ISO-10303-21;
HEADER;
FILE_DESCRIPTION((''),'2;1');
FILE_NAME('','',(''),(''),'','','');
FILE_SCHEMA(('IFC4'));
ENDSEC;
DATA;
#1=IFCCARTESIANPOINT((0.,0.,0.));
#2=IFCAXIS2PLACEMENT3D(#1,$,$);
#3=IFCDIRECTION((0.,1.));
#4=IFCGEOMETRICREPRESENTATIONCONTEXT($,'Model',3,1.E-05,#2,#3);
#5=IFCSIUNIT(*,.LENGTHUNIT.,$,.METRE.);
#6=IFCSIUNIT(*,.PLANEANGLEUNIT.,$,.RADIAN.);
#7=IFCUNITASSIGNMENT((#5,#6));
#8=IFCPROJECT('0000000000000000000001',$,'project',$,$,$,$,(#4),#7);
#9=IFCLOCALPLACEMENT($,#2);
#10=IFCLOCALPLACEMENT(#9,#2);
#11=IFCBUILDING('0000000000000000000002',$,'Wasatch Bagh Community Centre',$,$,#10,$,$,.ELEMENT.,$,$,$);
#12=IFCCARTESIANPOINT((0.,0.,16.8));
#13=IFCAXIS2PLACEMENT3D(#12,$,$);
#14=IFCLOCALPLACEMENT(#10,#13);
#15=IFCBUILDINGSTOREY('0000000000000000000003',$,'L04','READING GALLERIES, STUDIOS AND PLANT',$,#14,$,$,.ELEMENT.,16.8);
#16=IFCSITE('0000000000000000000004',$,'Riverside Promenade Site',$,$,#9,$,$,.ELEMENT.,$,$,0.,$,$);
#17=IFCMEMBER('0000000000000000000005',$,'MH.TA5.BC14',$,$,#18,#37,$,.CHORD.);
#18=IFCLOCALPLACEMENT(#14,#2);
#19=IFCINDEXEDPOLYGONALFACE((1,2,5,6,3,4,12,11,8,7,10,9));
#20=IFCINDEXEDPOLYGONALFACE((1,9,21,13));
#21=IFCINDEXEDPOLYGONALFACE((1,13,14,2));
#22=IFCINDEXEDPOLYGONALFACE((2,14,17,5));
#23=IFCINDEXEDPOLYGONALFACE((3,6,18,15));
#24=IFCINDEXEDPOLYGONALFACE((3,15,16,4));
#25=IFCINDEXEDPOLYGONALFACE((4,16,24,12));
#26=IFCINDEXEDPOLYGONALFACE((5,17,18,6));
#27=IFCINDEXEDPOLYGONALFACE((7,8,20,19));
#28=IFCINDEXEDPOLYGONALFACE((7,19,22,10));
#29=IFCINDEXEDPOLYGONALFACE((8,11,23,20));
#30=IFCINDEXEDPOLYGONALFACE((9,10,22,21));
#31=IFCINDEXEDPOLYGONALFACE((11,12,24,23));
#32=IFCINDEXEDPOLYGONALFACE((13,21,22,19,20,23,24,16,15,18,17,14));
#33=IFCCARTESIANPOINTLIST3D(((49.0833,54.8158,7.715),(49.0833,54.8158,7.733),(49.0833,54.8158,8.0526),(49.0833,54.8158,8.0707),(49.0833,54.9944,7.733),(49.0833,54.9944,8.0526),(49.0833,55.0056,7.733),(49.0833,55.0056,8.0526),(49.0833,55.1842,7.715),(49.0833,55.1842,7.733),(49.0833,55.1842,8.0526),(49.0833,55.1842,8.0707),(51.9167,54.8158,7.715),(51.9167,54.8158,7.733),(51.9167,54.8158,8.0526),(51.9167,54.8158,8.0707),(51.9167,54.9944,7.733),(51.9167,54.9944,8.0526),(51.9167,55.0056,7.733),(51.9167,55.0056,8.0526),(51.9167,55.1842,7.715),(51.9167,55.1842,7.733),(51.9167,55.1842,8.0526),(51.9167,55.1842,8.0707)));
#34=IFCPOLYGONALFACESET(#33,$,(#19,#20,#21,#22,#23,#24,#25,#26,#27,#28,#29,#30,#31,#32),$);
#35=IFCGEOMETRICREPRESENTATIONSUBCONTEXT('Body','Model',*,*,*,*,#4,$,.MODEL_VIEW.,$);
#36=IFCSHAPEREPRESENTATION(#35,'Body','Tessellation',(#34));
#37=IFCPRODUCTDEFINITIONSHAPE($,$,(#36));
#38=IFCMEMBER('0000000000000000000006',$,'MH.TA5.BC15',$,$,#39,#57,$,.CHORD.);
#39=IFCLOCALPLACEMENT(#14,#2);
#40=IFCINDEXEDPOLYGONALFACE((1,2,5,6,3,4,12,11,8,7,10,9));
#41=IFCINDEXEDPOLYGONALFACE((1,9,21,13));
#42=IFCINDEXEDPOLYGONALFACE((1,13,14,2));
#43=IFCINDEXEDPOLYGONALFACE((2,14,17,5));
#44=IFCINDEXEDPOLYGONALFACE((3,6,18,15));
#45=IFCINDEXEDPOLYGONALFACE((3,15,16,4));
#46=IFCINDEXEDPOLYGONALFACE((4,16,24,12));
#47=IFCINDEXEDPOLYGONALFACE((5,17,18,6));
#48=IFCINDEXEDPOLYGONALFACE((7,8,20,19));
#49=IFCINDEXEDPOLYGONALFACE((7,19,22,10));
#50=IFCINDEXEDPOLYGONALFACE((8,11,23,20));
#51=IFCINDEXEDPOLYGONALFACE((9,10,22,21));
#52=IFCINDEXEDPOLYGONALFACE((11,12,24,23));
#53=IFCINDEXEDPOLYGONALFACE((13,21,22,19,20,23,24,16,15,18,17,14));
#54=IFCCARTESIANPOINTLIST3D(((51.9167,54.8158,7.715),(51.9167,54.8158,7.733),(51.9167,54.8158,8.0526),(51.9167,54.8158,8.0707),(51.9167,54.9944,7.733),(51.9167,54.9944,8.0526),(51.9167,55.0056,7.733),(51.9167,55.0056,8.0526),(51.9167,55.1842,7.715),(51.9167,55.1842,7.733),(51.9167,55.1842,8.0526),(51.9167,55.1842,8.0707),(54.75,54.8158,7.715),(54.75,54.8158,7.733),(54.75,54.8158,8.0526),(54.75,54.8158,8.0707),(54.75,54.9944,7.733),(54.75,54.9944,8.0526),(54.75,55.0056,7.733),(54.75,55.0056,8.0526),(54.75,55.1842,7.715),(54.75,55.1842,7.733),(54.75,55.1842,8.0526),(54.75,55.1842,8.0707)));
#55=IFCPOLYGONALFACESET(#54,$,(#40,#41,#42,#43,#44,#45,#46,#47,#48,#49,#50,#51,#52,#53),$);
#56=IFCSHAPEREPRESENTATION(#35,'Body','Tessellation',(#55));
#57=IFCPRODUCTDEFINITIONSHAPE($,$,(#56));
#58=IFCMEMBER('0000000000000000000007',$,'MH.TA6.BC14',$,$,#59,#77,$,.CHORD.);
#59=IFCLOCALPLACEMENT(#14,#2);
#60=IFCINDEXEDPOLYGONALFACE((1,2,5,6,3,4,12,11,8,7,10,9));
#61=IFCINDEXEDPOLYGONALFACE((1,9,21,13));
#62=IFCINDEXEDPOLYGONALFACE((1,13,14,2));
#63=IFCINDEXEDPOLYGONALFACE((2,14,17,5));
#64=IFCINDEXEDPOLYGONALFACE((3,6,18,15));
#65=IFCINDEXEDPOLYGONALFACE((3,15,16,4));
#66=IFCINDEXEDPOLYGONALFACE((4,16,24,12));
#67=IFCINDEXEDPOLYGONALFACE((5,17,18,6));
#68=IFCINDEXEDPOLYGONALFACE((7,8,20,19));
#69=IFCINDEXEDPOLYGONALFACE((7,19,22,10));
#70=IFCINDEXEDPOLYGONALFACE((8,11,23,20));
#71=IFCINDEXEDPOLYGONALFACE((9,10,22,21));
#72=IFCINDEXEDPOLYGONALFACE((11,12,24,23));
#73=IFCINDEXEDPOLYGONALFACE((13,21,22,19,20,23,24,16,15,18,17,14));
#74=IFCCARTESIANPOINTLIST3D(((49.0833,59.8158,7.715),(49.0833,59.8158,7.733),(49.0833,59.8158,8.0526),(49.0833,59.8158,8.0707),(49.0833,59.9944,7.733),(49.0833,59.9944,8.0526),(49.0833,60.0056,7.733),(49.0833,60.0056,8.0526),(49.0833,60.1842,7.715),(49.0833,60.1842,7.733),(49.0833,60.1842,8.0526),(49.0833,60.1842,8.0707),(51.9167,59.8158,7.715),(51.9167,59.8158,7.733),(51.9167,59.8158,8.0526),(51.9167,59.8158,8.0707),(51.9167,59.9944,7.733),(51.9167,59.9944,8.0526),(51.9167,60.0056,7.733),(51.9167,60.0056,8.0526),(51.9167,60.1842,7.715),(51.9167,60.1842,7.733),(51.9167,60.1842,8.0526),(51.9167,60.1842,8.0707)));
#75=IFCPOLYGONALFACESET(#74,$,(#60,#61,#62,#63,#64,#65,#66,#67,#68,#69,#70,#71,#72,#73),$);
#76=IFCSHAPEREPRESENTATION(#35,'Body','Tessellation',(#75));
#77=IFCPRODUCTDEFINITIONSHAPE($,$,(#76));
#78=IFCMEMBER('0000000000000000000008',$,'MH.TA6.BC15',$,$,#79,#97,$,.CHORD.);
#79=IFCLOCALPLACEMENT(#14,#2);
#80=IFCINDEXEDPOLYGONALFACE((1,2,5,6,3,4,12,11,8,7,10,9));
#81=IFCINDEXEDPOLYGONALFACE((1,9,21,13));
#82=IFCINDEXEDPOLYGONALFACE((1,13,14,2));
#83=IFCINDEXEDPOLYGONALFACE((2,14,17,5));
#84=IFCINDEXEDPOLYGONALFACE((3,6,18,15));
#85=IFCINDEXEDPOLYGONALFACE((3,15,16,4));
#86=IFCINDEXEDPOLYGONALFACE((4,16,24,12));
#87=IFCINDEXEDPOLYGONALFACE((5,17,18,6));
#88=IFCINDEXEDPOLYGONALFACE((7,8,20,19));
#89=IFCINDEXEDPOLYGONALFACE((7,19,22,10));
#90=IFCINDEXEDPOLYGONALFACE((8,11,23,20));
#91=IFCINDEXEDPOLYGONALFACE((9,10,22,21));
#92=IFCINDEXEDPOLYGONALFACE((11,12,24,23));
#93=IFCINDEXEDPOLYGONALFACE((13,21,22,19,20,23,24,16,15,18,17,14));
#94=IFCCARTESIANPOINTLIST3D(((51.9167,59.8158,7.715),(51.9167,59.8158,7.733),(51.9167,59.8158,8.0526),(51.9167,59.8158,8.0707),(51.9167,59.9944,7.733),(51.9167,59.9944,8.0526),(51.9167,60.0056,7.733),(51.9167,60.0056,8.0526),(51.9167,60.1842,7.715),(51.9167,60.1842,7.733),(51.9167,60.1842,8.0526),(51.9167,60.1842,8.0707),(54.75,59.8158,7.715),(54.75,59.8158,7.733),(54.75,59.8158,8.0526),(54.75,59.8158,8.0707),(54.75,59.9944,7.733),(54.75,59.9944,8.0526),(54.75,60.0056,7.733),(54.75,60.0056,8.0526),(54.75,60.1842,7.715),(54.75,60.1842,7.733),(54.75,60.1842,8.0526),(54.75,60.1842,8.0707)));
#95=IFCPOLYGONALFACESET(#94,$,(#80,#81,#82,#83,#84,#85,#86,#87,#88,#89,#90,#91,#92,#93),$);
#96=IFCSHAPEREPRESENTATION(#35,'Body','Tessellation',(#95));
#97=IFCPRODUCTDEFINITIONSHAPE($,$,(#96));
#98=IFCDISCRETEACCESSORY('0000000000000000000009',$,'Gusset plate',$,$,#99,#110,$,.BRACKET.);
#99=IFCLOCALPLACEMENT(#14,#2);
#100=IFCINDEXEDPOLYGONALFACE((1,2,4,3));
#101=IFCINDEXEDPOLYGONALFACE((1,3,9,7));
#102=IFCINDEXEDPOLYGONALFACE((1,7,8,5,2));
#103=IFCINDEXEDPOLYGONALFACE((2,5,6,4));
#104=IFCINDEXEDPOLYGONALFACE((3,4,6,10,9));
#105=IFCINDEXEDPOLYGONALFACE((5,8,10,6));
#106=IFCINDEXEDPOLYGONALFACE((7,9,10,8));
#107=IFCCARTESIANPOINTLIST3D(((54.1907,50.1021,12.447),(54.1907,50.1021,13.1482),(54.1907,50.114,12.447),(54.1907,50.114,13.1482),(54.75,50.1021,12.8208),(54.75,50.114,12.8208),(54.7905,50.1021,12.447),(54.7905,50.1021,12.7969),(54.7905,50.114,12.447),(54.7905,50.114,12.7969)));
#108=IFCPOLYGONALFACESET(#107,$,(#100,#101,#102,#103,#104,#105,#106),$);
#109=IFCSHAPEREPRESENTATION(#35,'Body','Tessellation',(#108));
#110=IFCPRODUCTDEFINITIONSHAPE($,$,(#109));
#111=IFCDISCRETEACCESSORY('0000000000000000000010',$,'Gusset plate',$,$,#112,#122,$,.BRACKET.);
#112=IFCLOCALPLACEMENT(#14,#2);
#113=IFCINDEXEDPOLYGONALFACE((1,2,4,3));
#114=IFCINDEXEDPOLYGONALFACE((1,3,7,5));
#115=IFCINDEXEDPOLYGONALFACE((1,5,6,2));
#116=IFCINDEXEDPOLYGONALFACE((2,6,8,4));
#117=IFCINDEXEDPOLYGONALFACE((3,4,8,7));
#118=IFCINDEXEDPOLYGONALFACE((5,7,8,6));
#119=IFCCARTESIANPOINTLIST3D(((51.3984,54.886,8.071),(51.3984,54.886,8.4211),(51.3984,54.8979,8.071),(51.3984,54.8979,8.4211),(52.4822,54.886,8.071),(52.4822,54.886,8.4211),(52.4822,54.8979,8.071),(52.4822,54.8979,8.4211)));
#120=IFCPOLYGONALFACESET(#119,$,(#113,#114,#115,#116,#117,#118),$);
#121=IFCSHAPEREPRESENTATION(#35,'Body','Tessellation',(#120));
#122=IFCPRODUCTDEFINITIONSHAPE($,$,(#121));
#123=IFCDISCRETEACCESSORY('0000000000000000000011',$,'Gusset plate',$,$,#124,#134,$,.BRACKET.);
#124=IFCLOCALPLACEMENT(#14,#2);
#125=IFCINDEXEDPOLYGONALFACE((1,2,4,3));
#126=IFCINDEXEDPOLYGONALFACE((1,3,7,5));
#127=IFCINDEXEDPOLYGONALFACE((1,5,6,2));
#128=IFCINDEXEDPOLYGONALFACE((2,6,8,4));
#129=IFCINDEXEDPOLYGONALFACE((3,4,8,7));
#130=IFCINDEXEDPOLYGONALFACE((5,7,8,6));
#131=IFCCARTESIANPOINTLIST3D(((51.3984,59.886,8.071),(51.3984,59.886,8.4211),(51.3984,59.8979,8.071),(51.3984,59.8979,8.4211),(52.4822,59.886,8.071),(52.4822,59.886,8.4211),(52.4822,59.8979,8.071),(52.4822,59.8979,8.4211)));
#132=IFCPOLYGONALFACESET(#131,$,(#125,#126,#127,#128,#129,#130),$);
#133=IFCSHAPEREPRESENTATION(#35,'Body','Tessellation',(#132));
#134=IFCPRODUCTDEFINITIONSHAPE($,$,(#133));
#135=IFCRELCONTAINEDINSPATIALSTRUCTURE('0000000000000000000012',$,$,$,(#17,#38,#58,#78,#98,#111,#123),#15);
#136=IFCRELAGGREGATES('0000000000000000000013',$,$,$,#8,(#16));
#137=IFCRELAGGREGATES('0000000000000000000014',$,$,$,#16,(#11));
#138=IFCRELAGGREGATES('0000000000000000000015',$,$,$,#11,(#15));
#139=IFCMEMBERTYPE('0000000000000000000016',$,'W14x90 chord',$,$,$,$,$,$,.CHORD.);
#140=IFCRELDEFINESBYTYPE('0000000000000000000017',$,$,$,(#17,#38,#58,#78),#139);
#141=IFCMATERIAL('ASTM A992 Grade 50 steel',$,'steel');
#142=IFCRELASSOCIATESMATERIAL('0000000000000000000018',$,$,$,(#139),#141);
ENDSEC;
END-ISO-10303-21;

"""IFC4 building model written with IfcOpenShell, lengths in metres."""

from ifc_helpers import new_model, si_unit, direction, frame, origin, origin_2d, place, context, subcontext, project, spatial, polyline, i_section, outline, extrude, material, material_profile, profile_set, type_object, element, save


model = new_model("IFC4")

# Units and contexts
model_context = context("Model", 3, precision=1e-05, world=origin(), true_north=direction((0.0, 1.0)))
body_context = subcontext(model_context, "Body", "Model", "MODEL_VIEW")
ifc_project = project(units=[si_unit("LENGTHUNIT", "METRE"), si_unit("PLANEANGLEUNIT", "RADIAN")], contexts=[model_context])

# Site, building, storey
site_placement = place(None, origin())
site = spatial("IfcSite", under=ifc_project, at=site_placement, Name="Riverside Promenade Site", CompositionType="ELEMENT", RefElevation=0.0)
building_placement = place(site_placement, origin())
building = spatial("IfcBuilding", under=site, at=building_placement, Name="Wasatch Bagh Community Centre", CompositionType="ELEMENT")
storey_placement = place(building_placement, frame((0.0, 0.0, 16.8)))
storey = spatial("IfcBuildingStorey", under=building, at=storey_placement, Name="L04", Description="READING GALLERIES, STUDIOS AND PLANT", CompositionType="ELEMENT", Elevation=16.8)

# Members
ifc_material_1 = material(Name="ASTM A992 Grade 50 steel", Category="steel")
ifc_material_profile_1 = material_profile(ifc_material_1, i_section(OverallWidth=0.3684, OverallDepth=0.3557, WebThickness=0.0112, FlangeThickness=0.0181, at=origin_2d()), Name="W14x90")
ifc_profile_set_1 = profile_set([ifc_material_profile_1], Name="ASTM A992 Grade 50 steel")
member_type_1 = type_object("IfcMemberType", Name="W14x90 chord", PredefinedType="CHORD", material=ifc_profile_set_1)
member_1_placement = place(storey_placement, frame((49.0833, 55.0, 7.8928), z_axis=(1.0, 0.0, 0.0), x_axis=(0.0, 1.0, 0.0)))
element("IfcMember", 1, at=member_1_placement, inside=storey, type_object=member_type_1, Name="MH.TA5.BC14", PredefinedType="CHORD", context=body_context, shape_type="SweptSolid", body=[
    extrude(i_section(OverallWidth=0.3684, OverallDepth=0.3557, WebThickness=0.0112, FlangeThickness=0.0181, at=origin_2d()), origin(), (0.0, 0.0, 1.0), 2.8335),
])
member_2_placement = place(storey_placement, frame((51.9167, 55.0, 7.8928), z_axis=(1.0, 0.0, 0.0), x_axis=(0.0, 1.0, 0.0)))
element("IfcMember", 2, at=member_2_placement, inside=storey, type_object=member_type_1, Name="MH.TA5.BC15", PredefinedType="CHORD", context=body_context, shape_type="SweptSolid", body=[
    extrude(i_section(OverallWidth=0.3684, OverallDepth=0.3557, WebThickness=0.0112, FlangeThickness=0.0181, at=origin_2d()), origin(), (0.0, 0.0, 1.0), 2.8333),
])
member_3_placement = place(storey_placement, frame((49.0833, 60.0, 7.8928), z_axis=(1.0, 0.0, 0.0), x_axis=(0.0, 1.0, 0.0)))
element("IfcMember", 3, at=member_3_placement, inside=storey, type_object=member_type_1, Name="MH.TA6.BC14", PredefinedType="CHORD", context=body_context, shape_type="SweptSolid", body=[
    extrude(i_section(OverallWidth=0.3684, OverallDepth=0.3557, WebThickness=0.0112, FlangeThickness=0.0181, at=origin_2d()), origin(), (0.0, 0.0, 1.0), 2.8335),
])
member_4_placement = place(storey_placement, frame((51.9167, 60.0, 7.8928), z_axis=(1.0, 0.0, 0.0), x_axis=(0.0, 1.0, 0.0)))
element("IfcMember", 4, at=member_4_placement, inside=storey, type_object=member_type_1, Name="MH.TA6.BC15", PredefinedType="CHORD", context=body_context, shape_type="SweptSolid", body=[
    extrude(i_section(OverallWidth=0.3684, OverallDepth=0.3557, WebThickness=0.0112, FlangeThickness=0.0181, at=origin_2d()), origin(), (0.0, 0.0, 1.0), 2.8333),
])

# Discrete accessories
discrete_accessory_placement = place(storey_placement, frame((54.1907, 50.114, 13.1482), z_axis=(0.0, 1.0, 0.0), x_axis=(0.863026, 0.0, -0.505159)))
element("IfcDiscreteAccessory", 5, at=discrete_accessory_placement, inside=storey, Name="Gusset plate", PredefinedType="BRACKET", context=body_context, shape_type="SweptSolid", body=[
    extrude(outline(polyline([(0.0, 0.0), (0.6481, 0.0), (0.6952, 0.0002), (0.8719, 0.3021), (0.3542, 0.6051), (0.0, 0.0)])), origin(), (0.0, 0.0, -1.0), 0.012),
])
for number, where, z_axis, x_axis, name in (
    (6, (51.3984, 54.886, 8.071), (0.0, -1.0, 0.0), (1.0, 0.0, 0.0), "Gusset plate"),
    (7, (51.3984, 59.886, 8.071), (0.0, -1.0, 0.0), (1.0, 0.0, 0.0), "Gusset plate"),
):
    element("IfcDiscreteAccessory", number, at=place(storey_placement, frame(where, z_axis=z_axis, x_axis=x_axis)), inside=storey, Name=name, PredefinedType="BRACKET", context=body_context, shape_type="SweptSolid", body=[
        extrude(outline(polyline([(0.0, 0.0), (1.0837, 0.0), (1.0837, 0.3501), (0.0, 0.3501), (0.0, 0.0)])), origin(), (0.0, 0.0, -1.0), 0.012),
    ])

save(model, "model.ifc")
